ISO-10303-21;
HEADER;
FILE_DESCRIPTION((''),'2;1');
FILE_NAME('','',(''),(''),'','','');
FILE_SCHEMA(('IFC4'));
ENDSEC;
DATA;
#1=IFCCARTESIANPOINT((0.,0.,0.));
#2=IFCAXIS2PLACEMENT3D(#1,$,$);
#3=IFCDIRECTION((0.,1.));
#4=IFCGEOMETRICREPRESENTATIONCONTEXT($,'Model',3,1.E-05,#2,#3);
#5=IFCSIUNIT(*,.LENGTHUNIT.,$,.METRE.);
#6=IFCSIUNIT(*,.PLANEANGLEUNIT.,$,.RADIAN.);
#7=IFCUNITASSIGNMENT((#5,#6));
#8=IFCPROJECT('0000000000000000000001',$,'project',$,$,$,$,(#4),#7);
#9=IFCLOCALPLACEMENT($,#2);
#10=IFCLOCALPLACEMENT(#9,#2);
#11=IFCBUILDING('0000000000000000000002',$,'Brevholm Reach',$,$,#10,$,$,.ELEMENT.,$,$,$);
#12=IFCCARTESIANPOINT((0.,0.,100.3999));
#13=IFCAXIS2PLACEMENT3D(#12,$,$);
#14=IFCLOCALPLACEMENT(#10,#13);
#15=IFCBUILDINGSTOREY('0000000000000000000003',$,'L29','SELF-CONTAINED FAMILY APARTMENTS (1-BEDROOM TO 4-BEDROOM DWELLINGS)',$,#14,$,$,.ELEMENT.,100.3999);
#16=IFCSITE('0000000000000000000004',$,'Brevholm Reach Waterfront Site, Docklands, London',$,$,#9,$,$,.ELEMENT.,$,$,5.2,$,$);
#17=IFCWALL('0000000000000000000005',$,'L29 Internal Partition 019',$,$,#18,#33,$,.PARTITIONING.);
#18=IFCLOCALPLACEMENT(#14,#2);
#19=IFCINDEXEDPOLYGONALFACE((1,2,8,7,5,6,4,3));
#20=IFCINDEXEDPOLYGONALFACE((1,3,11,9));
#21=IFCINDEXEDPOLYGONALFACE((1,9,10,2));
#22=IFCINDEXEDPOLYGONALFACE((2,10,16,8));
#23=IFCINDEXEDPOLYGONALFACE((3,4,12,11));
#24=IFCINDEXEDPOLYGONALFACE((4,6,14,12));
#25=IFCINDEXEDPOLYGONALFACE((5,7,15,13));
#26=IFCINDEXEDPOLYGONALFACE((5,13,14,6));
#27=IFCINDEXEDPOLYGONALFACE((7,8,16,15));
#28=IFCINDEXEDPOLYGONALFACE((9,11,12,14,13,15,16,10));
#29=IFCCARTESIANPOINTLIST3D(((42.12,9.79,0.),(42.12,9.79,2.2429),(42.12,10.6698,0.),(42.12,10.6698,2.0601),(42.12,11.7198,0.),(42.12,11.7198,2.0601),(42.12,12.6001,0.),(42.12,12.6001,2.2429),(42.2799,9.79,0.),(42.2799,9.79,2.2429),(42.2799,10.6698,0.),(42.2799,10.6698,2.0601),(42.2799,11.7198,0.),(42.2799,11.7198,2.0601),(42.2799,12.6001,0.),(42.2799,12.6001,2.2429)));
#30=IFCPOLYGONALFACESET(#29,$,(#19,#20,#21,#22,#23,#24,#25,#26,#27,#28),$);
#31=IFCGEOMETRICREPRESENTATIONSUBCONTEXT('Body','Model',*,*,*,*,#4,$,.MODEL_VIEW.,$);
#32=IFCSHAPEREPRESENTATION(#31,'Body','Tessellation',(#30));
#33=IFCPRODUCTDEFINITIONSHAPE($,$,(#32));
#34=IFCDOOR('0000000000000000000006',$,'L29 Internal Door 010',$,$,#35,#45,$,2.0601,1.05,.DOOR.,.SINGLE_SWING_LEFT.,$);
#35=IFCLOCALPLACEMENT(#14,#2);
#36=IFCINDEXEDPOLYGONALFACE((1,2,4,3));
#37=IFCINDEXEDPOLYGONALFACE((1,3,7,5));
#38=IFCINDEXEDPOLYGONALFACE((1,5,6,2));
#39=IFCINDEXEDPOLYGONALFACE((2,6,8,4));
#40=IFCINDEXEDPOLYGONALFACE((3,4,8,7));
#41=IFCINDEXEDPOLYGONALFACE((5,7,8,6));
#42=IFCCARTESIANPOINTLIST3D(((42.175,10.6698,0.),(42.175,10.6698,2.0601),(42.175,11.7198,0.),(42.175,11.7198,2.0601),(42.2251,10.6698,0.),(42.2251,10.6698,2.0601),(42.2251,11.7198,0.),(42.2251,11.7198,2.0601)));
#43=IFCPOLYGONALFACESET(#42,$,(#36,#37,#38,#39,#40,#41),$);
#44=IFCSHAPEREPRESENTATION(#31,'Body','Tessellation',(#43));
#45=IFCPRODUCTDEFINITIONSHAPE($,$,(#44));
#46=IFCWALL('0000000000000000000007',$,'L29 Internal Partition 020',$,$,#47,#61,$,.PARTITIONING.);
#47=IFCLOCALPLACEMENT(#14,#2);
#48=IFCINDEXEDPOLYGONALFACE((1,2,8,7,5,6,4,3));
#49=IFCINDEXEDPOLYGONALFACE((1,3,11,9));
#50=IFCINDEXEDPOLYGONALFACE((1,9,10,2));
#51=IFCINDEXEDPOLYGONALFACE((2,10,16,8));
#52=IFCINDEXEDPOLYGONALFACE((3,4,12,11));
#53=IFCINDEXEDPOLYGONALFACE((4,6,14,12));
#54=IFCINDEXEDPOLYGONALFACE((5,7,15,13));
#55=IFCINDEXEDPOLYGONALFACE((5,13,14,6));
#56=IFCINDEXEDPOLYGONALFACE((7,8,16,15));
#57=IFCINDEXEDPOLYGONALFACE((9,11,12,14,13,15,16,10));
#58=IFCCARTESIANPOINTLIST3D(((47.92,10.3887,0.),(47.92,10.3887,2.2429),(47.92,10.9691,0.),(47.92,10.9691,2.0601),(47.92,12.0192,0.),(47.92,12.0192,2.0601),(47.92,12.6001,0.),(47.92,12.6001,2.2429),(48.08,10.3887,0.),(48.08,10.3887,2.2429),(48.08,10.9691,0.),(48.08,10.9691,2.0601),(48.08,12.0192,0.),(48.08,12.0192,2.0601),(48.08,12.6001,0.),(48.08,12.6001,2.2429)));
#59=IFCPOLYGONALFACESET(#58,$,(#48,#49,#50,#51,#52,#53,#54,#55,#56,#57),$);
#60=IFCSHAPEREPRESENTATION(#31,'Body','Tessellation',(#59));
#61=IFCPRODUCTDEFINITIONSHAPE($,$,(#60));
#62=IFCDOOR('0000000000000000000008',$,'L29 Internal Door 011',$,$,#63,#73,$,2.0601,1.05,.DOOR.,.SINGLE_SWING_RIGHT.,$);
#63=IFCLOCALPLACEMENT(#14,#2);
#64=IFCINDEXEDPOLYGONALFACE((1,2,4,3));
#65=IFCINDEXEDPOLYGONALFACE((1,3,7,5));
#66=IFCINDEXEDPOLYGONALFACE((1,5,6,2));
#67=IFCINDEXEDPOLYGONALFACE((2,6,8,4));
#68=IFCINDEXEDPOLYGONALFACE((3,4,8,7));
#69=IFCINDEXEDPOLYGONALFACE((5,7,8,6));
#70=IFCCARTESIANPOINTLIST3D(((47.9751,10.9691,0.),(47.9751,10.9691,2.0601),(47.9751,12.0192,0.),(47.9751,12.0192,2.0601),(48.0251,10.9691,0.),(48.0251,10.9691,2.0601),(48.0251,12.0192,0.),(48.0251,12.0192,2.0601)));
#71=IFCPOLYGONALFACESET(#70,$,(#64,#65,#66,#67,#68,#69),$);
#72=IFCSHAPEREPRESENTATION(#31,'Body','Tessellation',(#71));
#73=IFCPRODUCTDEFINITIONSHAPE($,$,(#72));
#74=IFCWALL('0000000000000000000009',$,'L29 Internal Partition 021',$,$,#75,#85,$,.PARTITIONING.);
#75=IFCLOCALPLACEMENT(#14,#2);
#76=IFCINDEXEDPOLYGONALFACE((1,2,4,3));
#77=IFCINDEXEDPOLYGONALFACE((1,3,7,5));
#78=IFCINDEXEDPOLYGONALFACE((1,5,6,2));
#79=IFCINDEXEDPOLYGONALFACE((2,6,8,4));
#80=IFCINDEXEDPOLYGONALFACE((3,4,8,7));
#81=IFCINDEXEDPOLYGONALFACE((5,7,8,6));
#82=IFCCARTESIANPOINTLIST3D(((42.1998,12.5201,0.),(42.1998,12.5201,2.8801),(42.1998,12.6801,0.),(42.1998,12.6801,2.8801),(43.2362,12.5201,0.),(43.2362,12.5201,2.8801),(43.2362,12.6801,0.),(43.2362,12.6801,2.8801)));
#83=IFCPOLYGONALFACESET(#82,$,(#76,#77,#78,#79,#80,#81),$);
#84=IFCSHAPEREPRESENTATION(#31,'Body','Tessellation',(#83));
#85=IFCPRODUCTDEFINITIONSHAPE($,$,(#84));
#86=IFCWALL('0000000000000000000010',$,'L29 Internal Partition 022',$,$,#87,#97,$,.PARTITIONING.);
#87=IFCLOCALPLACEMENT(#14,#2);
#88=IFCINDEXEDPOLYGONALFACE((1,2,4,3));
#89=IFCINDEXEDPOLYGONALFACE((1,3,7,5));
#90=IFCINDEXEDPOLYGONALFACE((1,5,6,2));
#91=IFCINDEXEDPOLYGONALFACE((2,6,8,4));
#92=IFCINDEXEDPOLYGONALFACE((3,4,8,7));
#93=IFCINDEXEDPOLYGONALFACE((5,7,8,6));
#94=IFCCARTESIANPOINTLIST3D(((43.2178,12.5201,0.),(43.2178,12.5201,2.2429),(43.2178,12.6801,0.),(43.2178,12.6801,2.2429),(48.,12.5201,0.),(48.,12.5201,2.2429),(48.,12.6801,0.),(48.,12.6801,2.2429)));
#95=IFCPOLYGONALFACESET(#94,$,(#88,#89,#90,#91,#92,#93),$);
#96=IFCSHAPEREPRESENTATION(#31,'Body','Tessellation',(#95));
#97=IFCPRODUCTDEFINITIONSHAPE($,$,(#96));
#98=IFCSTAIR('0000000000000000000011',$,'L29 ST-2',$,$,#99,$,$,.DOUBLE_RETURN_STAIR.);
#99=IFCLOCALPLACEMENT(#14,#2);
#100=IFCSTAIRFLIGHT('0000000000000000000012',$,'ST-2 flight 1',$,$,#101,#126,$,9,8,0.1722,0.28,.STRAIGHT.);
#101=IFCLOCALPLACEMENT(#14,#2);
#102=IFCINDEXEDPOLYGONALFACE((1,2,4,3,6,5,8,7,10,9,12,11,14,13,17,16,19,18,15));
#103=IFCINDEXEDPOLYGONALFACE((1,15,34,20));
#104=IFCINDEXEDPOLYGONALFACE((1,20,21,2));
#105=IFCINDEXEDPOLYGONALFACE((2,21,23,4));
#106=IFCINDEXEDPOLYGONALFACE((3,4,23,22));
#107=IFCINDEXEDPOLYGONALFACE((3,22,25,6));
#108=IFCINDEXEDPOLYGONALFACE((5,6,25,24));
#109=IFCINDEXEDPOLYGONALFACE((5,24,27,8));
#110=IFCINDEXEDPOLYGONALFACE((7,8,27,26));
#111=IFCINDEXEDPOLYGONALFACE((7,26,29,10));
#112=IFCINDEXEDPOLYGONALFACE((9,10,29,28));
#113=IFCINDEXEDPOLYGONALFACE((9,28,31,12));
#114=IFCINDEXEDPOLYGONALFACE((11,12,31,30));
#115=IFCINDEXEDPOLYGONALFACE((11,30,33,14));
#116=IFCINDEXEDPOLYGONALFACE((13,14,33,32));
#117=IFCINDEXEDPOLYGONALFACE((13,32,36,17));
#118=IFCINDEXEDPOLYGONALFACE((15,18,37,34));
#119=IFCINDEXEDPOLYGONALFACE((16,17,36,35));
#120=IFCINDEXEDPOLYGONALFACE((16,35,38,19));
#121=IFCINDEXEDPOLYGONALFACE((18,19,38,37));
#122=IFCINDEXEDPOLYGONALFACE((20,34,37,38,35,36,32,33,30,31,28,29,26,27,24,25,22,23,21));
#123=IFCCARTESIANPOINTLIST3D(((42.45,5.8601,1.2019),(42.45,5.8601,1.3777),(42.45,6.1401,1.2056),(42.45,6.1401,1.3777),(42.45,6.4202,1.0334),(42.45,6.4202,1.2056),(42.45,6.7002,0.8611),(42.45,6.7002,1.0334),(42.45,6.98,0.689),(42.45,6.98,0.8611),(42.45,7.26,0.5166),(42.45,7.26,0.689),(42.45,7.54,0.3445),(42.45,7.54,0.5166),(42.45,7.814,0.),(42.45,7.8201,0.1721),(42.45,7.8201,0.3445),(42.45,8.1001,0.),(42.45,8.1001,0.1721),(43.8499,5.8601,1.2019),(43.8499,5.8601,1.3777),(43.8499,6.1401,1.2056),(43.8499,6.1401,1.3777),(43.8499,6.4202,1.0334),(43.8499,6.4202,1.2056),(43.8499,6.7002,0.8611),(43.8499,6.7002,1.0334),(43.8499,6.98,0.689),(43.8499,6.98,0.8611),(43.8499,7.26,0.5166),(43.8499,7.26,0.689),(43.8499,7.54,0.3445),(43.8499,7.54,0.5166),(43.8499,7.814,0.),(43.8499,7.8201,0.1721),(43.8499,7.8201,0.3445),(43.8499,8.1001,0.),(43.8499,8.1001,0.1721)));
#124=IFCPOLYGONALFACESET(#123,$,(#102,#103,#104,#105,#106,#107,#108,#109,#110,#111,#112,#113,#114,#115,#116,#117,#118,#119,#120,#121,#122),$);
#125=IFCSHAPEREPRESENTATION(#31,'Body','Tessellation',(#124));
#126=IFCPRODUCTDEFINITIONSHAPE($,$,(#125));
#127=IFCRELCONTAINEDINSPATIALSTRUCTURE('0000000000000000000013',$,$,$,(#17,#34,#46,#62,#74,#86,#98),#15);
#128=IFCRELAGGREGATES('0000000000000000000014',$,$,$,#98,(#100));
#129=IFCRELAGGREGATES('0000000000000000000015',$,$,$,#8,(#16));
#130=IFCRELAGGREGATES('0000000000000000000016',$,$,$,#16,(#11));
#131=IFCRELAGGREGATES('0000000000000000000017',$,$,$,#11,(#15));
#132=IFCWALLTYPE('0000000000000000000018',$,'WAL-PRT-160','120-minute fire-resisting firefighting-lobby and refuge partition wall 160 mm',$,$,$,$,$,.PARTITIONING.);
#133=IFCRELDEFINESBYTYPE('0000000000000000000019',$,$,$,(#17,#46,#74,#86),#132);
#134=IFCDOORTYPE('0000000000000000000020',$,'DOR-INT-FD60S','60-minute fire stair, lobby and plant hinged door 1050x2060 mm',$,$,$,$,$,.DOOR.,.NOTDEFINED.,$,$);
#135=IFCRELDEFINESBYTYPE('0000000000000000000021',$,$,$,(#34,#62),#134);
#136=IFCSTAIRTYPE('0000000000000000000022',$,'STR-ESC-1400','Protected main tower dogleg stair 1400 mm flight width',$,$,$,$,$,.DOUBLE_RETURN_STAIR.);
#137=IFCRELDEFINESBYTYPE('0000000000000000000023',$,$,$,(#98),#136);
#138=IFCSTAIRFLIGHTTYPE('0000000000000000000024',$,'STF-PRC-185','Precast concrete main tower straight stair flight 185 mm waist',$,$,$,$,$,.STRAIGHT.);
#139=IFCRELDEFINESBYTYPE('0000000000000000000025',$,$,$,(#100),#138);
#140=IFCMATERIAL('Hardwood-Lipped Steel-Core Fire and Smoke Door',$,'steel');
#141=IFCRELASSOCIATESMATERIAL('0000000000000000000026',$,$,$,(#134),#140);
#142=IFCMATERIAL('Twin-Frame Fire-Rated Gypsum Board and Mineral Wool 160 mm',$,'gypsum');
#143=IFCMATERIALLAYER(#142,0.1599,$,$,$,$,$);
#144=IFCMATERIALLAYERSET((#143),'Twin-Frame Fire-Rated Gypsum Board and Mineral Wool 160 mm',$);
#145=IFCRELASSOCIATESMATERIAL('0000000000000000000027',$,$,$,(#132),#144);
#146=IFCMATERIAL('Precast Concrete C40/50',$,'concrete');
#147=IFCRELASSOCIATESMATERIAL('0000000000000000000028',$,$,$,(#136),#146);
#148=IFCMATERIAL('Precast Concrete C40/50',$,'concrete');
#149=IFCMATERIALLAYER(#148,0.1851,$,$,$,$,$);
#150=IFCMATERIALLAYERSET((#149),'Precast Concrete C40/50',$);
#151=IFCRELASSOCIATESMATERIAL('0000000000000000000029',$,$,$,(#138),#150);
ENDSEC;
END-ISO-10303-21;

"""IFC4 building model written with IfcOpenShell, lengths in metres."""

from ifc_helpers import new_model, si_unit, direction, frame, frame_2d, origin, place, context, subcontext, project, spatial, polyline, rectangle, outline, extrude, material, layer, layer_set, type_object, element, fill, aggregate, save


model = new_model("IFC4")

# Units and contexts
model_context = context("Model", 3, precision=1e-05, world=origin(), true_north=direction((0.0, 1.0)))
body_context = subcontext(model_context, "Body", "Model", "MODEL_VIEW")
ifc_project = project(units=[si_unit("LENGTHUNIT", "METRE"), si_unit("PLANEANGLEUNIT", "RADIAN")], contexts=[model_context])

# Site, building, storey
site_placement = place(None, origin())
site = spatial("IfcSite", under=ifc_project, at=site_placement, Name="Brevholm Reach Waterfront Site, Docklands, London", CompositionType="ELEMENT", RefElevation=5.2)
building_placement = place(site_placement, origin())
building = spatial("IfcBuilding", under=site, at=building_placement, Name="Brevholm Reach", CompositionType="ELEMENT")
storey_placement = place(building_placement, frame((0.0, 0.0, 100.3999)))
storey = spatial("IfcBuildingStorey", under=building, at=storey_placement, Name="L29", Description="SELF-CONTAINED FAMILY APARTMENTS (1-BEDROOM TO 4-BEDROOM DWELLINGS)", CompositionType="ELEMENT", Elevation=100.3999)

# Shared definitions
ifc_material_1 = material(Name="Hardwood-Lipped Steel-Core Fire and Smoke Door", Category="steel")
door_type_1 = type_object("IfcDoorType", Name="DOR-INT-FD60S", Description="60-minute fire stair, lobby and plant hinged door 1050x2060 mm", OperationType="NOTDEFINED", PredefinedType="DOOR", material=ifc_material_1)

# Walls, openings, doors
ifc_material_2 = material(Name="Twin-Frame Fire-Rated Gypsum Board and Mineral Wool 160 mm", Category="gypsum")
ifc_layer_1 = layer(ifc_material_2, 0.1599)
ifc_layer_set_1 = layer_set([ifc_layer_1], Name="Twin-Frame Fire-Rated Gypsum Board and Mineral Wool 160 mm")
wall_type_1 = type_object("IfcWallType", Name="WAL-PRT-160", Description="120-minute fire-resisting firefighting-lobby and refuge partition wall 160 mm", PredefinedType="PARTITIONING", material=ifc_layer_set_1)
wall_1_placement = place(storey_placement, frame((42.2, 9.79, 0.0), z_axis=(0.0, 0.0, 1.0), x_axis=(0.0, 1.0, 0.0)))
wall_1 = element("IfcWall", 1, at=wall_1_placement, inside=storey, type_object=wall_type_1, Name="L29 Internal Partition 019", PredefinedType="PARTITIONING", context=body_context, shape_type="SweptSolid", body=[
    extrude(rectangle(XDim=2.8101, YDim=0.1599, at=frame_2d((1.405, 0.0))), origin(), (0.0, 0.0, 1.0), 2.2429),
])
opening_1_placement = place(wall_1_placement, frame((0.8799, 0.0, 0.0)))
opening_1 = element("IfcOpeningElement", 2, at=opening_1_placement, cuts=wall_1, PredefinedType="OPENING", context=body_context, shape_type="SweptSolid", body=[
    extrude(rectangle(XDim=1.05, YDim=2.0601, at=frame_2d((0.5249, 1.03))), frame((0.0, 0.0898, 0.0), z_axis=(0.0, -1.0, 0.0), x_axis=(1.0, 0.0, 0.0)), (0.0, 0.0, 1.0), 0.1799),
])
door_1_placement = place(opening_1_placement, origin())
door_1 = element("IfcDoor", 3, at=door_1_placement, inside=storey, type_object=door_type_1, Name="L29 Internal Door 010", OperationType="SINGLE_SWING_LEFT", OverallHeight=2.0601, OverallWidth=1.05, PredefinedType="DOOR", context=body_context, shape_type="SweptSolid", body=[
    extrude(rectangle(XDim=1.05, YDim=2.0601, at=frame_2d((0.5249, 1.03))), frame((0.0, 0.0249, 0.0), z_axis=(0.0, -1.0, 0.0), x_axis=(1.0, 0.0, 0.0)), (0.0, 0.0, 1.0), 0.05),
])
fill(opening_1, door_1)
wall_2_placement = place(storey_placement, frame((48.0, 10.3887, 0.0), z_axis=(0.0, 0.0, 1.0), x_axis=(0.0, 1.0, 0.0)))
wall_2 = element("IfcWall", 4, at=wall_2_placement, inside=storey, type_object=wall_type_1, Name="L29 Internal Partition 020", PredefinedType="PARTITIONING", context=body_context, shape_type="SweptSolid", body=[
    extrude(rectangle(XDim=2.2114, YDim=0.1599, at=frame_2d((1.1057, 0.0))), origin(), (0.0, 0.0, 1.0), 2.2429),
])
opening_2_placement = place(wall_2_placement, frame((0.5806, 0.0, 0.0)))
opening_2 = element("IfcOpeningElement", 5, at=opening_2_placement, cuts=wall_2, PredefinedType="OPENING", context=body_context, shape_type="SweptSolid", body=[
    extrude(rectangle(XDim=1.05, YDim=2.0601, at=frame_2d((0.5249, 1.03))), frame((0.0, 0.0898, 0.0), z_axis=(0.0, -1.0, 0.0), x_axis=(1.0, 0.0, 0.0)), (0.0, 0.0, 1.0), 0.1799),
])
door_2_placement = place(opening_2_placement, origin())
door_2 = element("IfcDoor", 6, at=door_2_placement, inside=storey, type_object=door_type_1, Name="L29 Internal Door 011", OperationType="SINGLE_SWING_RIGHT", OverallHeight=2.0601, OverallWidth=1.05, PredefinedType="DOOR", context=body_context, shape_type="SweptSolid", body=[
    extrude(rectangle(XDim=1.05, YDim=2.0601, at=frame_2d((0.5249, 1.03))), frame((0.0, 0.0249, 0.0), z_axis=(0.0, -1.0, 0.0), x_axis=(1.0, 0.0, 0.0)), (0.0, 0.0, 1.0), 0.05),
])
fill(opening_2, door_2)

# Walls
wall_3_placement = place(storey_placement, frame((42.2, 12.6001, 0.0), z_axis=(0.0, 0.0, 1.0), x_axis=(1.0, 0.0, 0.0)))
element("IfcWall", 7, at=wall_3_placement, inside=storey, type_object=wall_type_1, Name="L29 Internal Partition 021", PredefinedType="PARTITIONING", context=body_context, shape_type="SweptSolid", body=[
    extrude(rectangle(XDim=1.0364, YDim=0.1599, at=frame_2d((0.5181, 0.0))), origin(), (0.0, 0.0, 1.0), 2.8801),
])
wall_4_placement = place(storey_placement, frame((43.2178, 12.6001, 0.0), z_axis=(0.0, 0.0, 1.0), x_axis=(1.0, 0.0, 0.0)))
element("IfcWall", 8, at=wall_4_placement, inside=storey, type_object=wall_type_1, Name="L29 Internal Partition 022", PredefinedType="PARTITIONING", context=body_context, shape_type="SweptSolid", body=[
    extrude(rectangle(XDim=4.7822, YDim=0.1599, at=frame_2d((2.3911, 0.0))), origin(), (0.0, 0.0, 1.0), 2.2429),
])

# Stair, stair flight
ifc_material_3 = material(Name="Precast Concrete C40/50", Category="concrete")
stair_type = type_object("IfcStairType", Name="STR-ESC-1400", Description="Protected main tower dogleg stair 1400 mm flight width", PredefinedType="DOUBLE_RETURN_STAIR", material=ifc_material_3)
stair_placement = place(storey_placement, origin())
stair = element("IfcStair", 9, at=stair_placement, inside=storey, type_object=stair_type, Name="L29 ST-2", PredefinedType="DOUBLE_RETURN_STAIR")
ifc_material_4 = material(Name="Precast Concrete C40/50", Category="concrete")
ifc_layer_2 = layer(ifc_material_4, 0.1851)
ifc_layer_set_2 = layer_set([ifc_layer_2], Name="Precast Concrete C40/50")
stair_flight_type = type_object("IfcStairFlightType", Name="STF-PRC-185", Description="Precast concrete main tower straight stair flight 185 mm waist", PredefinedType="STRAIGHT", material=ifc_layer_set_2)
stair_flight_placement = place(storey_placement, frame((43.1499, 8.1001, 0.0), z_axis=(0.0, 0.0, 1.0), x_axis=(0.0, -1.0, 0.0)))
stair_flight = element("IfcStairFlight", 10, at=stair_flight_placement, type_object=stair_flight_type, Name="ST-2 flight 1", NumberOfRisers=9, NumberOfTreads=8, PredefinedType="STRAIGHT", RiserHeight=0.1722, TreadLength=0.28, context=body_context, shape_type="SweptSolid", body=[
    extrude(outline(polyline([(0.0, 0.0), (0.0, 0.1721), (0.28, 0.1721), (0.28, 0.3445), (0.5601, 0.3445), (0.5601, 0.5166), (0.8401, 0.5166), (0.8401, 0.689), (1.1201, 0.689), (1.1201, 0.8611), (1.3999, 0.8611), (1.3999, 1.0334), (1.6799, 1.0334), (1.6799, 1.2056), (1.96, 1.2056), (1.96, 1.3777), (2.24, 1.3777), (2.24, 1.55), (2.24, 1.2019), (0.2861, 0.0), (0.0, 0.0)])), frame((0.0, 0.7, 0.0), z_axis=(0.0, -1.0, 0.0), x_axis=(1.0, 0.0, 0.0)), (0.0, 0.0, 1.0), 1.3999),
])
aggregate(stair, [stair_flight])

save(model, "model.ifc")
